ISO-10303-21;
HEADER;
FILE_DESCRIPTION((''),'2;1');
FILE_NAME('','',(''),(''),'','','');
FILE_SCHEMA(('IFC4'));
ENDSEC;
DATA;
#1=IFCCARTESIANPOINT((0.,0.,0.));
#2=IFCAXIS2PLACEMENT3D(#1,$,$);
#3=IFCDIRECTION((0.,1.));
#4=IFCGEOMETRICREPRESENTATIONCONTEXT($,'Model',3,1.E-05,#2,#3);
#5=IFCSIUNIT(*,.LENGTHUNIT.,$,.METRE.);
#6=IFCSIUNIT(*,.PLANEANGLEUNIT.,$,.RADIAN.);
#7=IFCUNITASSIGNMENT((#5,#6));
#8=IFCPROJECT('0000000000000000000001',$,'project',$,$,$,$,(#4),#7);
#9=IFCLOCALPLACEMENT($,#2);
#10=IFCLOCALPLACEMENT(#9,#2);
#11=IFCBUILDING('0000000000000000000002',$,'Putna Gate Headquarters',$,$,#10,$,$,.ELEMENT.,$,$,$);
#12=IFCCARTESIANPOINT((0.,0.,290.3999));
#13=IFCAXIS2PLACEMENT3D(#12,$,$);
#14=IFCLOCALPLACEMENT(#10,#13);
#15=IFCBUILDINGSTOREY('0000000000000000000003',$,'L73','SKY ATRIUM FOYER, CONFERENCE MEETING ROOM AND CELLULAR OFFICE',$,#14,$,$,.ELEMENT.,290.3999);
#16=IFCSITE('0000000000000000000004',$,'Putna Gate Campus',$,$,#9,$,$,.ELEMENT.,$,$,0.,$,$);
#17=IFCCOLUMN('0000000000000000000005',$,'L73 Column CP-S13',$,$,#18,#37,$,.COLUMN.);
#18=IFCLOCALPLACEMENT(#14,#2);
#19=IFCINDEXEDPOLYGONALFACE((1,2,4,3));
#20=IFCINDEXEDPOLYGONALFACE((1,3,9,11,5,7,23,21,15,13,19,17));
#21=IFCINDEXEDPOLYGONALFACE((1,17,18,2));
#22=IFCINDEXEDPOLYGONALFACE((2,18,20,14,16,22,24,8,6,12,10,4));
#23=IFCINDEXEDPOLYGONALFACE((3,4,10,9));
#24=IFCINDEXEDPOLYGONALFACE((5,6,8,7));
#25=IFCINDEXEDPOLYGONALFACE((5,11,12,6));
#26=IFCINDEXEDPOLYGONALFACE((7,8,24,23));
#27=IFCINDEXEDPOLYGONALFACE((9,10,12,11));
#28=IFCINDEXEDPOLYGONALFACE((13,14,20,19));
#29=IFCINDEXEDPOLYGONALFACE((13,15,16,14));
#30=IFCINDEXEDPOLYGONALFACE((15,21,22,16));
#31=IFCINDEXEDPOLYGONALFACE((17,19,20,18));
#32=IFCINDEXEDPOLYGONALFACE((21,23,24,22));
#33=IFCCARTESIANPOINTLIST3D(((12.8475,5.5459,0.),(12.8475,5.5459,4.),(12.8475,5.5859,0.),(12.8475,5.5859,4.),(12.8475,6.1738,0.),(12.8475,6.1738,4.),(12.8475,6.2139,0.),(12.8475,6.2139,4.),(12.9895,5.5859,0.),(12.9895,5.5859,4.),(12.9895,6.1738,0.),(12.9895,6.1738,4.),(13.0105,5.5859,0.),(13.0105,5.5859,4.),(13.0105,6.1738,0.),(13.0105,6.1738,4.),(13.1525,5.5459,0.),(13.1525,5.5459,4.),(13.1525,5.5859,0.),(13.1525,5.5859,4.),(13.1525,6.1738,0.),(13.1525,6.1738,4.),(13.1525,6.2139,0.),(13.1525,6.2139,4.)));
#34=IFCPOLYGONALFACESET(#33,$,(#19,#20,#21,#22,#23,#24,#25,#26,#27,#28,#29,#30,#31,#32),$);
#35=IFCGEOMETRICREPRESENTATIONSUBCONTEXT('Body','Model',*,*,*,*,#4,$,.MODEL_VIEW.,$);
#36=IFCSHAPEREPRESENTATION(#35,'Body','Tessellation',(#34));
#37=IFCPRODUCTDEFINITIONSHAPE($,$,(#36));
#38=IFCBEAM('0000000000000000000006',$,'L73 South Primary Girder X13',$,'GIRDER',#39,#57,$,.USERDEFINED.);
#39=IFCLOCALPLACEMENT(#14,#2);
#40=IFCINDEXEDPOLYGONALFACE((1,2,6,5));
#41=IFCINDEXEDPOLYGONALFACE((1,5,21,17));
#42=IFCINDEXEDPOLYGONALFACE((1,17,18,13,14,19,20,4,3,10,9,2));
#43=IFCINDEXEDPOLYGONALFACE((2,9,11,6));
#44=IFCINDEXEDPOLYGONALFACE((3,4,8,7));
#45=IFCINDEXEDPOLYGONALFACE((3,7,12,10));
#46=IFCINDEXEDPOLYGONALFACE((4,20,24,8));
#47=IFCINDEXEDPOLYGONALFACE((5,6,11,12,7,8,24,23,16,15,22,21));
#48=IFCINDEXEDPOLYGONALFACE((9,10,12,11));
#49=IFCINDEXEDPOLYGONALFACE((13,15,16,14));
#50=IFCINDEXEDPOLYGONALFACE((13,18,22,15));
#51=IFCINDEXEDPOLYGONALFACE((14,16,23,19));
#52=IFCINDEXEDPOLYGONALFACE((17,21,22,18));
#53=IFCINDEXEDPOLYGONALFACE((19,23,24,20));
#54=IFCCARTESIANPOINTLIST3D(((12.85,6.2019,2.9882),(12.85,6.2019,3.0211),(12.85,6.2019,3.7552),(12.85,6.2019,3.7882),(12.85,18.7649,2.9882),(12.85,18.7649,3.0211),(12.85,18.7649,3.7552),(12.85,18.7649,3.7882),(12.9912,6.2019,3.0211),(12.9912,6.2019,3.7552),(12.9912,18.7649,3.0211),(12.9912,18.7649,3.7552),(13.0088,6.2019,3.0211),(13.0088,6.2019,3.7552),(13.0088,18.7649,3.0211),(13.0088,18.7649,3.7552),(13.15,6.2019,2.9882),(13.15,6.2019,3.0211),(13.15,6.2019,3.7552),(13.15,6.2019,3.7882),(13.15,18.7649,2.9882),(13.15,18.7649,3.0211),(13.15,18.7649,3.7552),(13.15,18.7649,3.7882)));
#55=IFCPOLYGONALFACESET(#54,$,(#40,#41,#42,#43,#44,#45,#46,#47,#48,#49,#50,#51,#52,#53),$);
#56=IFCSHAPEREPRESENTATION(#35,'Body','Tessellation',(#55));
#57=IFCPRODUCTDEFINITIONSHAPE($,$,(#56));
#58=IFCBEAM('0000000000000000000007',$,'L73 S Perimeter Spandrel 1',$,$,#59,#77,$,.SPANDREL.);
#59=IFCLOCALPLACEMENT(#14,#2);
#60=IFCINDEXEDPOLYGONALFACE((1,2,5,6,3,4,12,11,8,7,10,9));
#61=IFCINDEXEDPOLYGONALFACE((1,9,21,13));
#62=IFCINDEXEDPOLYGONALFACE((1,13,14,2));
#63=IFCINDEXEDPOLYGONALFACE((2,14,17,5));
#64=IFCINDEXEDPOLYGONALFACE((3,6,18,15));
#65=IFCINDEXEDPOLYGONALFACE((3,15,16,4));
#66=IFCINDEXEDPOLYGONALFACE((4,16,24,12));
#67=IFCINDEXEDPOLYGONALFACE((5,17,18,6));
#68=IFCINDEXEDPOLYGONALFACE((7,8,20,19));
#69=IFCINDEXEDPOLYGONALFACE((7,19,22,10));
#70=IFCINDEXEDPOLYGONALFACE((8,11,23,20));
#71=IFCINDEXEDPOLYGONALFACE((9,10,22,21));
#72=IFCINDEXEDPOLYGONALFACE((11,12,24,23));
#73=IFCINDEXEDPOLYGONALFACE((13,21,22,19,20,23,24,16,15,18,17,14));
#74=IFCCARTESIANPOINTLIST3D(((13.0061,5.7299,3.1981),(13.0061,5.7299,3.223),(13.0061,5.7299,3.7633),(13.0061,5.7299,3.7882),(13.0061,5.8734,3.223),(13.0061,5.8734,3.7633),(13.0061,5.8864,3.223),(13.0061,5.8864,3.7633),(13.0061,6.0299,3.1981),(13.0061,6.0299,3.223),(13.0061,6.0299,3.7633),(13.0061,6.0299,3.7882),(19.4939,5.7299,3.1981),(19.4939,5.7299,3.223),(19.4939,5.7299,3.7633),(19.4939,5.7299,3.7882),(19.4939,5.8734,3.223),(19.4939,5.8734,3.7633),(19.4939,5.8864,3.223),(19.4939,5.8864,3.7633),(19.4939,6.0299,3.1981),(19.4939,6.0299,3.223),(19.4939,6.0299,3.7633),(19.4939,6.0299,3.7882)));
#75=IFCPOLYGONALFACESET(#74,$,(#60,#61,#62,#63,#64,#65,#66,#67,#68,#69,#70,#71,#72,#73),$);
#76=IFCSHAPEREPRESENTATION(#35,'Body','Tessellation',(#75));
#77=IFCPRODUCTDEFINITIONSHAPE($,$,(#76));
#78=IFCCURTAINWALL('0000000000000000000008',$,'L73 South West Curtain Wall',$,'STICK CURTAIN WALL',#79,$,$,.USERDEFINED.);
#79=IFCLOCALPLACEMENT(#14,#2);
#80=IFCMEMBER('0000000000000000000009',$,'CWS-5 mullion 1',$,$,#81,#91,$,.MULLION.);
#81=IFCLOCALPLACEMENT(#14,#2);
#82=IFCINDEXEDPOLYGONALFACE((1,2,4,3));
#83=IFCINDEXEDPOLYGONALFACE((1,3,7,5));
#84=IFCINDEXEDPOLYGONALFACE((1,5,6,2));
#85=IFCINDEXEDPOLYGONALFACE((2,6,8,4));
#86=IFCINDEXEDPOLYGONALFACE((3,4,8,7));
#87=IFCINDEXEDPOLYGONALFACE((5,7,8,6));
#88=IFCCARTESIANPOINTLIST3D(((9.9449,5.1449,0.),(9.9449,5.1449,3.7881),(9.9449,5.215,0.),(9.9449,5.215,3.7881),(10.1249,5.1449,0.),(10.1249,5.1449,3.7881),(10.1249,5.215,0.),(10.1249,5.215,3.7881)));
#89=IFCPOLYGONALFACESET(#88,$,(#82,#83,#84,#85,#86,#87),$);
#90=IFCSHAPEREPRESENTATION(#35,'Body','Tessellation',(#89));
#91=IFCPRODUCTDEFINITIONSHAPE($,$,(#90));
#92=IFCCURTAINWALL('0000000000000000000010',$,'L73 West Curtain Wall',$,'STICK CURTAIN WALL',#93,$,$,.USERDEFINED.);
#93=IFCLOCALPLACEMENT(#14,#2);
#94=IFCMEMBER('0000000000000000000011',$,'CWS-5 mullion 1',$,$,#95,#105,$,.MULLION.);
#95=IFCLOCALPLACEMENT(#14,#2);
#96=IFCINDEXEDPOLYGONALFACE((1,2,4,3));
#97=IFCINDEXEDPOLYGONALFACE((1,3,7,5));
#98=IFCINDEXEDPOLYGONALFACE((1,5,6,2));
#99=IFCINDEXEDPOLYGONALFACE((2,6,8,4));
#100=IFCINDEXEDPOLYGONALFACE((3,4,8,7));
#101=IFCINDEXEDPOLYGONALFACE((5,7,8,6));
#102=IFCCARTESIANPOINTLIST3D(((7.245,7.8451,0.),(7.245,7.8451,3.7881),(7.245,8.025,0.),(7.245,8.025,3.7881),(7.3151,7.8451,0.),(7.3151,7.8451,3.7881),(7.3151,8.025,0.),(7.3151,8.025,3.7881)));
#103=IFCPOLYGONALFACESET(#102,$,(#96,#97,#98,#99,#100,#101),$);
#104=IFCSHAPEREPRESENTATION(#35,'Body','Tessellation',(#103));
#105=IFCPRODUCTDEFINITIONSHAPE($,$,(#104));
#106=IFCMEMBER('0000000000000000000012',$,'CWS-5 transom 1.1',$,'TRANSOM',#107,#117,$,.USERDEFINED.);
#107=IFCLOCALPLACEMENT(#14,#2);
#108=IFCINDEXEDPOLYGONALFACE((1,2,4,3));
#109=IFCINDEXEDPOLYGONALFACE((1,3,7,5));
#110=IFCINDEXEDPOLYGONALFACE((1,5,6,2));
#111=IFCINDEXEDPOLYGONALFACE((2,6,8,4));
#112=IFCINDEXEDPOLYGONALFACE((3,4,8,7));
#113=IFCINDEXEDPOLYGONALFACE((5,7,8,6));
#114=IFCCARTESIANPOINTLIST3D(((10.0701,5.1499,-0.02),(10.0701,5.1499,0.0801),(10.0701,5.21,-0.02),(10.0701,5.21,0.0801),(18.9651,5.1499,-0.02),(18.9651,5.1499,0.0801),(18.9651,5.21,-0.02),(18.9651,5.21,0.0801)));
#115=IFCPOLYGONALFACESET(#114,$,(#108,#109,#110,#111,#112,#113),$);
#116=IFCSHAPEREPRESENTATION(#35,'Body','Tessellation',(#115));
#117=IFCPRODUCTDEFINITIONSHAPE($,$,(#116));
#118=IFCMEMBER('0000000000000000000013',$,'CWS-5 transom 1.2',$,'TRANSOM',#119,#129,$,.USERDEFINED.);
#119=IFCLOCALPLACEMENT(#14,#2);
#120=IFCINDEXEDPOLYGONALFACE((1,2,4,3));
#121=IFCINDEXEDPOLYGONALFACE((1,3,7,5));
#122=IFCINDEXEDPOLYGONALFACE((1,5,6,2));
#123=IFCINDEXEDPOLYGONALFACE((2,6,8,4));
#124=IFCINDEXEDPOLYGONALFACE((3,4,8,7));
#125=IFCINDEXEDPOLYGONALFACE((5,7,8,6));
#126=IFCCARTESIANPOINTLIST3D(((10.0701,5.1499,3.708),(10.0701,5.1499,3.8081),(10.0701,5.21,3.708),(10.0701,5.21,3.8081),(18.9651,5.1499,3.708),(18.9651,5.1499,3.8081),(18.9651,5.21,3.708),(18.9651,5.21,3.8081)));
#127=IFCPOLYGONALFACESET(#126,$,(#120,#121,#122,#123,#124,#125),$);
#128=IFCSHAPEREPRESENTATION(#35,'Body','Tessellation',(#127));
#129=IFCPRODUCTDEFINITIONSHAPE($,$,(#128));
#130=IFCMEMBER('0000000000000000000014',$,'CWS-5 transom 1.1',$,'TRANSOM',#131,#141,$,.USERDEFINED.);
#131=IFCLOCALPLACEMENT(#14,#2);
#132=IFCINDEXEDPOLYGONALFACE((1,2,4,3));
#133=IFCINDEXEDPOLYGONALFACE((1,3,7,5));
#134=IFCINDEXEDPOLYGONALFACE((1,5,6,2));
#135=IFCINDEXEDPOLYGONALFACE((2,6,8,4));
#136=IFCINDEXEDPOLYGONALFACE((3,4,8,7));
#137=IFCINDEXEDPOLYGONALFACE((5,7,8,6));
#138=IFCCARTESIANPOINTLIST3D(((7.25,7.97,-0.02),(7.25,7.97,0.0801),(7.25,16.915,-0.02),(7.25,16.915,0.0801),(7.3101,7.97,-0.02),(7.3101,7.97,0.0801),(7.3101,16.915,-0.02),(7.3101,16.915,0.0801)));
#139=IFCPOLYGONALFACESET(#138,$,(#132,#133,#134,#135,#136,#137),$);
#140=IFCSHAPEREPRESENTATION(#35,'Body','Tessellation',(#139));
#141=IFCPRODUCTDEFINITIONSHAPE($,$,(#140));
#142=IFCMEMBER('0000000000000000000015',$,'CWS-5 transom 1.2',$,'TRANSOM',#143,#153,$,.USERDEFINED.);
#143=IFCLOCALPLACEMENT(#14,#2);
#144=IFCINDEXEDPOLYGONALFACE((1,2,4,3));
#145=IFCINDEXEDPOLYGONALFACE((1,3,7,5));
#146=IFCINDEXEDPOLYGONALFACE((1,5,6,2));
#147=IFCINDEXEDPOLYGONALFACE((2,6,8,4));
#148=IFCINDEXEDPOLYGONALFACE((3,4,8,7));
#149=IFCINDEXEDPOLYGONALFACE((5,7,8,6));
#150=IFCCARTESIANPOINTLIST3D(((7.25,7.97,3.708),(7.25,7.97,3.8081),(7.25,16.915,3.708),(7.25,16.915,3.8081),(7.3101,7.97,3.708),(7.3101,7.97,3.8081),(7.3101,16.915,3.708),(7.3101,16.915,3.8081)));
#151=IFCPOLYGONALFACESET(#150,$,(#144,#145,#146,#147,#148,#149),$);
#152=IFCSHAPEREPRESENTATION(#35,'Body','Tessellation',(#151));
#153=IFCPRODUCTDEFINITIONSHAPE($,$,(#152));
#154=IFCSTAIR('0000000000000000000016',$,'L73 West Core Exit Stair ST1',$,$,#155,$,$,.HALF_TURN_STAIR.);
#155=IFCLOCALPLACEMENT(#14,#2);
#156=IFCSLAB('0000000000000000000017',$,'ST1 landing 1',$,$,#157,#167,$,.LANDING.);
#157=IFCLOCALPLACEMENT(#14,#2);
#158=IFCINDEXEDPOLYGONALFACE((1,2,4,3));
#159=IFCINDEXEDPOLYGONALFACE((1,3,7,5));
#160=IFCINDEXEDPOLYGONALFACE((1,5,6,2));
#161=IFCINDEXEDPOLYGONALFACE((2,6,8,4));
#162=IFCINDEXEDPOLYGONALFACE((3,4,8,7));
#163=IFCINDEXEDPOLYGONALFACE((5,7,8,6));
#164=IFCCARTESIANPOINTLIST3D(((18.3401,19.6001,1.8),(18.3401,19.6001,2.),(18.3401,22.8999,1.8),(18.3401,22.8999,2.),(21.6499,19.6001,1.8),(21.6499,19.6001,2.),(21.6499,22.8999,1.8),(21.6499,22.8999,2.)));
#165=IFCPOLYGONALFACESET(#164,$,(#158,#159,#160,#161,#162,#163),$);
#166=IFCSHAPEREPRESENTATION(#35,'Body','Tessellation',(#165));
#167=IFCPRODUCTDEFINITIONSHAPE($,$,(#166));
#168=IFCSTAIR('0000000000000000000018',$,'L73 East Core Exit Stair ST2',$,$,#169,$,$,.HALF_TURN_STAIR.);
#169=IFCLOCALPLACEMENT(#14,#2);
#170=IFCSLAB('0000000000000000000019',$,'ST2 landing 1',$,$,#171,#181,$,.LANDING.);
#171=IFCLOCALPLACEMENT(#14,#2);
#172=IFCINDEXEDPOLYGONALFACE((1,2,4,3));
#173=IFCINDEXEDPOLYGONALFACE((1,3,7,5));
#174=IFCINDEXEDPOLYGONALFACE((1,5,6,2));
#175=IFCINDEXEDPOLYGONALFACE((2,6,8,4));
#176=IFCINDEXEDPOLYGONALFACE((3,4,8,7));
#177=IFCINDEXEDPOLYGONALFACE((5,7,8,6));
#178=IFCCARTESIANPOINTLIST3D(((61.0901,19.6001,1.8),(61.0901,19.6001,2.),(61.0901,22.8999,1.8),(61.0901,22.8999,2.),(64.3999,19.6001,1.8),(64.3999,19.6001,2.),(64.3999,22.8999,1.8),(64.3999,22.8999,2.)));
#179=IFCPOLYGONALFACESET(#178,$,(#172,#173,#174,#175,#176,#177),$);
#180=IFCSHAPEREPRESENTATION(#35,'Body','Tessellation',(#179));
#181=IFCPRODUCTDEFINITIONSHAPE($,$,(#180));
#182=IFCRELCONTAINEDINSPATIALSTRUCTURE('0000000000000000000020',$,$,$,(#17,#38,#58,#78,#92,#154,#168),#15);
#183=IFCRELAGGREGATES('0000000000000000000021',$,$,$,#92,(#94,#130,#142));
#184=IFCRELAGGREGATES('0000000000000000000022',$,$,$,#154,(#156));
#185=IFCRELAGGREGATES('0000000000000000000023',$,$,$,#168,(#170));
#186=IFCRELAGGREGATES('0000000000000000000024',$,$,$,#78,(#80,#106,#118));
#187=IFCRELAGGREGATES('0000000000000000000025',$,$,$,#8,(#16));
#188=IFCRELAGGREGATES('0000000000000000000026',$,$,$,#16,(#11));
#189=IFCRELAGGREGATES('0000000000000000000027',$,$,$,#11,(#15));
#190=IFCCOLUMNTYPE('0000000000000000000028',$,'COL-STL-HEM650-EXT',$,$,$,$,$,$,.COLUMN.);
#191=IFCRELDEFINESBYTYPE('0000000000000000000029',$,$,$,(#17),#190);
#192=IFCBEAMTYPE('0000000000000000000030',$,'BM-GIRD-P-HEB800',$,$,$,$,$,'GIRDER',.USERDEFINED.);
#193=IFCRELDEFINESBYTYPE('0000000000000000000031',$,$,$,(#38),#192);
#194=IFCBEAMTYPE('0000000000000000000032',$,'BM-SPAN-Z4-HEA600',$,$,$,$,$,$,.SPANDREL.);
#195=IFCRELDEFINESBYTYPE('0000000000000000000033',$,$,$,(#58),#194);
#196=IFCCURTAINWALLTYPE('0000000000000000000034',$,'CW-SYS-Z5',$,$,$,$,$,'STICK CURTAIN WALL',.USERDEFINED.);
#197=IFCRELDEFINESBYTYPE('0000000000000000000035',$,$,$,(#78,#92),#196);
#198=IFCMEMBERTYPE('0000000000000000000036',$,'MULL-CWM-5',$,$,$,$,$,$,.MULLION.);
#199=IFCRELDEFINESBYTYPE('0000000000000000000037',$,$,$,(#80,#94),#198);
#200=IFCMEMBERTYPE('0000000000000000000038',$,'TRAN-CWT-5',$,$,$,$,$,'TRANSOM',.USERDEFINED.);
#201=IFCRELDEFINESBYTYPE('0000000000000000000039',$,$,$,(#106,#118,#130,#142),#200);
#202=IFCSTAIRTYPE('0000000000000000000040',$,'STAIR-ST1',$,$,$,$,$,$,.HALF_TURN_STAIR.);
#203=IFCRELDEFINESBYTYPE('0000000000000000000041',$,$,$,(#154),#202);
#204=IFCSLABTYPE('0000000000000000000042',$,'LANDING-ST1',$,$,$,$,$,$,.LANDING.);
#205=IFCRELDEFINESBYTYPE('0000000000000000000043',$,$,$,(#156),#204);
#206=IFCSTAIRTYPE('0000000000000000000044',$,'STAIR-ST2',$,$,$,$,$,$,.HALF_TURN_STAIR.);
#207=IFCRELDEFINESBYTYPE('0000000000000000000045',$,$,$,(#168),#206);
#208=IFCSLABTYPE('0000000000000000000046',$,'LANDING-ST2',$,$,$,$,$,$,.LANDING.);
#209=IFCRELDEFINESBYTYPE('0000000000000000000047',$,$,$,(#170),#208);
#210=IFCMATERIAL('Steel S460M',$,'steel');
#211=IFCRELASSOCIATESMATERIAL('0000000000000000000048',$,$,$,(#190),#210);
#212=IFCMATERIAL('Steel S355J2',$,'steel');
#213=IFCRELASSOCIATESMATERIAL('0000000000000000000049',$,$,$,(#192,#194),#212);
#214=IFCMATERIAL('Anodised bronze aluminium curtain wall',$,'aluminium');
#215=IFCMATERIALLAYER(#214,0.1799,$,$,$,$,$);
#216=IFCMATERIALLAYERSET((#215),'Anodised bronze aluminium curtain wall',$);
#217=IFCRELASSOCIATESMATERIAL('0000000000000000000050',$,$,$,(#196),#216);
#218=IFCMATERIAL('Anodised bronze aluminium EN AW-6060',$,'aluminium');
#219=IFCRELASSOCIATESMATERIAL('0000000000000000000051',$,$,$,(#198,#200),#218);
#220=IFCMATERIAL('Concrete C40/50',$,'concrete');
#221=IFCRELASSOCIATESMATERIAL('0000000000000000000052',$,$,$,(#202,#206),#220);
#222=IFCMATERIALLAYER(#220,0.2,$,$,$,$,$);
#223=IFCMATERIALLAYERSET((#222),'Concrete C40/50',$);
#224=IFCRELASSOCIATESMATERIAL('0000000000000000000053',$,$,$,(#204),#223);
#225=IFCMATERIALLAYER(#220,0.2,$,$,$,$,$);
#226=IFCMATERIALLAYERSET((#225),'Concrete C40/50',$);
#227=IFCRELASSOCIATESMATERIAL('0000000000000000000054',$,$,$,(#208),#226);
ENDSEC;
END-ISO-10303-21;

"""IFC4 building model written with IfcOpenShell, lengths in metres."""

from ifc_helpers import new_model, si_unit, direction, frame, origin, origin_2d, place, context, subcontext, project, spatial, polyline, rectangle, i_section, outline, extrude, material, layer, layer_set, material_profile, profile_set, type_object, element, aggregate, save


model = new_model("IFC4")

# Units and contexts
model_context = context("Model", 3, precision=1e-05, world=origin(), true_north=direction((0.0, 1.0)))
body_context = subcontext(model_context, "Body", "Model", "MODEL_VIEW")
ifc_project = project(units=[si_unit("LENGTHUNIT", "METRE"), si_unit("PLANEANGLEUNIT", "RADIAN")], contexts=[model_context])

# Site, building, storey
site_placement = place(None, origin())
site = spatial("IfcSite", under=ifc_project, at=site_placement, Name="Putna Gate Campus", CompositionType="ELEMENT", RefElevation=0.0)
building_placement = place(site_placement, origin())
building = spatial("IfcBuilding", under=site, at=building_placement, Name="Putna Gate Headquarters", CompositionType="ELEMENT")
storey_placement = place(building_placement, frame((0.0, 0.0, 290.3999)))
storey = spatial("IfcBuildingStorey", under=building, at=storey_placement, Name="L73", Description="SKY ATRIUM FOYER, CONFERENCE MEETING ROOM AND CELLULAR OFFICE", CompositionType="ELEMENT", Elevation=290.3999)

# Column
ifc_material_1 = material(Name="Steel S460M", Category="steel")
ifc_material_profile_1 = material_profile(ifc_material_1, i_section(OverallWidth=0.3049, OverallDepth=0.668, WebThickness=0.021, FlangeThickness=0.04, at=origin_2d()), Name="Steel S460M")
ifc_profile_set_1 = profile_set([ifc_material_profile_1], Name="Steel S460M")
column_type = type_object("IfcColumnType", Name="COL-STL-HEM650-EXT", PredefinedType="COLUMN", material=ifc_profile_set_1)
column_placement = place(storey_placement, frame((13.0, 5.8799, 0.0), z_axis=(0.0, 0.0, 1.0), x_axis=(1.0, 0.0, 0.0)))
element("IfcColumn", 1, at=column_placement, inside=storey, type_object=column_type, Name="L73 Column CP-S13", PredefinedType="COLUMN", context=body_context, shape_type="SweptSolid", body=[
    extrude(i_section(OverallWidth=0.3049, OverallDepth=0.668, WebThickness=0.021, FlangeThickness=0.04, at=origin_2d()), origin(), (0.0, 0.0, 1.0), 4.0),
])

# Beams
ifc_material_2 = material(Name="Steel S355J2", Category="steel")
ifc_material_profile_2 = material_profile(ifc_material_2, i_section(OverallWidth=0.3, OverallDepth=0.8, WebThickness=0.0176, FlangeThickness=0.033, at=origin_2d()), Name="Steel S355J2")
ifc_profile_set_2 = profile_set([ifc_material_profile_2], Name="Steel S355J2")
beam_type_1 = type_object("IfcBeamType", Name="BM-GIRD-P-HEB800", ElementType="GIRDER", PredefinedType="USERDEFINED", material=ifc_profile_set_2)
beam_1_placement = place(storey_placement, frame((13.0, 6.2019, 3.3882), z_axis=(0.0, 1.0, 0.0), x_axis=(-1.0, 0.0, 0.0)))
element("IfcBeam", 2, at=beam_1_placement, inside=storey, type_object=beam_type_1, Name="L73 South Primary Girder X13", ObjectType="GIRDER", PredefinedType="USERDEFINED", context=body_context, shape_type="SweptSolid", body=[
    extrude(i_section(OverallWidth=0.3, OverallDepth=0.8, WebThickness=0.0176, FlangeThickness=0.033, at=origin_2d()), origin(), (0.0, 0.0, 1.0), 12.563),
])
ifc_material_profile_3 = material_profile(ifc_material_2, i_section(OverallWidth=0.3, OverallDepth=0.5901, WebThickness=0.0129, FlangeThickness=0.0249, at=origin_2d()), Name="Steel S355J2")
ifc_profile_set_3 = profile_set([ifc_material_profile_3], Name="Steel S355J2")
beam_type_2 = type_object("IfcBeamType", Name="BM-SPAN-Z4-HEA600", PredefinedType="SPANDREL", material=ifc_profile_set_3)
beam_2_placement = place(storey_placement, frame((13.0061, 5.8799, 3.4932), z_axis=(1.0, 0.0, 0.0), x_axis=(0.0, 1.0, 0.0)))
element("IfcBeam", 3, at=beam_2_placement, inside=storey, type_object=beam_type_2, Name="L73 S Perimeter Spandrel 1", PredefinedType="SPANDREL", context=body_context, shape_type="SweptSolid", body=[
    extrude(i_section(OverallWidth=0.3, OverallDepth=0.5901, WebThickness=0.0129, FlangeThickness=0.0249, at=origin_2d()), origin(), (0.0, 0.0, 1.0), 6.4878),
])

# Curtain walls, members
ifc_material_3 = material(Name="Anodised bronze aluminium curtain wall", Category="aluminium")
ifc_layer_1 = layer(ifc_material_3, 0.1799)
ifc_layer_set_1 = layer_set([ifc_layer_1], Name="Anodised bronze aluminium curtain wall")
curtain_wall_type = type_object("IfcCurtainWallType", Name="CW-SYS-Z5", ElementType="STICK CURTAIN WALL", PredefinedType="USERDEFINED", material=ifc_layer_set_1)
curtain_wall_1_placement = place(storey_placement, origin())
curtain_wall_1 = element("IfcCurtainWall", 4, at=curtain_wall_1_placement, inside=storey, type_object=curtain_wall_type, Name="L73 South West Curtain Wall", ObjectType="STICK CURTAIN WALL", PredefinedType="USERDEFINED")
ifc_material_4 = material(Name="Anodised bronze aluminium EN AW-6060", Category="aluminium")
ifc_material_profile_4 = material_profile(ifc_material_4, rectangle(XDim=0.0701, YDim=0.1799, at=origin_2d()), Name="Anodised bronze aluminium EN AW-6060")
ifc_profile_set_4 = profile_set([ifc_material_profile_4], Name="Anodised bronze aluminium EN AW-6060")
member_type_1 = type_object("IfcMemberType", Name="MULL-CWM-5", PredefinedType="MULLION", material=ifc_profile_set_4)
member_1_placement = place(storey_placement, frame((10.0349, 5.1799, 0.0), z_axis=(0.0, 0.0, 1.0), x_axis=(0.0, 1.0, 0.0)))
member_1 = element("IfcMember", 5, at=member_1_placement, type_object=member_type_1, Name="CWS-5 mullion 1", PredefinedType="MULLION", context=body_context, shape_type="SweptSolid", body=[
    extrude(rectangle(XDim=0.0701, YDim=0.1799, at=origin_2d()), origin(), (0.0, 0.0, 1.0), 3.7881),
])
curtain_wall_2_placement = place(storey_placement, origin())
curtain_wall_2 = element("IfcCurtainWall", 6, at=curtain_wall_2_placement, inside=storey, type_object=curtain_wall_type, Name="L73 West Curtain Wall", ObjectType="STICK CURTAIN WALL", PredefinedType="USERDEFINED")
member_2_placement = place(storey_placement, frame((7.28, 7.9351, 0.0), z_axis=(0.0, 0.0, 1.0), x_axis=(-1.0, 0.0, 0.0)))
member_2 = element("IfcMember", 7, at=member_2_placement, type_object=member_type_1, Name="CWS-5 mullion 1", PredefinedType="MULLION", context=body_context, shape_type="SweptSolid", body=[
    extrude(rectangle(XDim=0.0701, YDim=0.1799, at=origin_2d()), origin(), (0.0, 0.0, 1.0), 3.7881),
])

# Members
ifc_material_profile_5 = material_profile(ifc_material_4, rectangle(XDim=0.0601, YDim=0.1001, at=origin_2d()), Name="Anodised bronze aluminium EN AW-6060")
ifc_profile_set_5 = profile_set([ifc_material_profile_5], Name="Anodised bronze aluminium EN AW-6060")
member_type_2 = type_object("IfcMemberType", Name="TRAN-CWT-5", ElementType="TRANSOM", PredefinedType="USERDEFINED", material=ifc_profile_set_5)
member_3_placement = place(storey_placement, frame((10.0701, 5.1799, 0.03), z_axis=(1.0, 0.0, 0.0), x_axis=(0.0, 1.0, 0.0)))
member_3 = element("IfcMember", 8, at=member_3_placement, type_object=member_type_2, Name="CWS-5 transom 1.1", ObjectType="TRANSOM", PredefinedType="USERDEFINED", context=body_context, shape_type="SweptSolid", body=[
    extrude(rectangle(XDim=0.0601, YDim=0.1001, at=origin_2d()), origin(), (0.0, 0.0, 1.0), 8.895),
])
member_4_placement = place(storey_placement, frame((10.0701, 5.1799, 3.7581), z_axis=(1.0, 0.0, 0.0), x_axis=(0.0, 1.0, 0.0)))
member_4 = element("IfcMember", 9, at=member_4_placement, type_object=member_type_2, Name="CWS-5 transom 1.2", ObjectType="TRANSOM", PredefinedType="USERDEFINED", context=body_context, shape_type="SweptSolid", body=[
    extrude(rectangle(XDim=0.0601, YDim=0.1001, at=origin_2d()), origin(), (0.0, 0.0, 1.0), 8.895),
])
member_5_placement = place(storey_placement, frame((7.28, 7.97, 0.03), z_axis=(0.0, 1.0, 0.0), x_axis=(-1.0, 0.0, 0.0)))
member_5 = element("IfcMember", 10, at=member_5_placement, type_object=member_type_2, Name="CWS-5 transom 1.1", ObjectType="TRANSOM", PredefinedType="USERDEFINED", context=body_context, shape_type="SweptSolid", body=[
    extrude(rectangle(XDim=0.0601, YDim=0.1001, at=origin_2d()), origin(), (0.0, 0.0, 1.0), 8.9451),
])
member_6_placement = place(storey_placement, frame((7.28, 7.97, 3.7581), z_axis=(0.0, 1.0, 0.0), x_axis=(-1.0, 0.0, 0.0)))
member_6 = element("IfcMember", 11, at=member_6_placement, type_object=member_type_2, Name="CWS-5 transom 1.2", ObjectType="TRANSOM", PredefinedType="USERDEFINED", context=body_context, shape_type="SweptSolid", body=[
    extrude(rectangle(XDim=0.0601, YDim=0.1001, at=origin_2d()), origin(), (0.0, 0.0, 1.0), 8.9451),
])
aggregate(curtain_wall_2, [member_2, member_5, member_6])

# Stairs, slabs
ifc_material_5 = material(Name="Concrete C40/50", Category="concrete")
stair_type_1 = type_object("IfcStairType", Name="STAIR-ST1", PredefinedType="HALF_TURN_STAIR", material=ifc_material_5)
stair_1_placement = place(storey_placement, origin())
stair_1 = element("IfcStair", 12, at=stair_1_placement, inside=storey, type_object=stair_type_1, Name="L73 West Core Exit Stair ST1", PredefinedType="HALF_TURN_STAIR")
ifc_layer_2 = layer(ifc_material_5, 0.2)
ifc_layer_set_2 = layer_set([ifc_layer_2], Name="Concrete C40/50")
slab_type_1 = type_object("IfcSlabType", Name="LANDING-ST1", PredefinedType="LANDING", material=ifc_layer_set_2)
slab_1_placement = place(storey_placement, frame((0.0, 0.0, 1.8)))
slab_1 = element("IfcSlab", 13, at=slab_1_placement, type_object=slab_type_1, Name="ST1 landing 1", PredefinedType="LANDING", context=body_context, shape_type="SweptSolid", body=[
    extrude(outline(polyline([(18.3401, 19.6001), (21.6499, 19.6001), (21.6499, 22.8999), (18.3401, 22.8999), (18.3401, 19.6001)])), origin(), (0.0, 0.0, 1.0), 0.2),
])
aggregate(stair_1, [slab_1])
stair_type_2 = type_object("IfcStairType", Name="STAIR-ST2", PredefinedType="HALF_TURN_STAIR", material=ifc_material_5)
stair_2_placement = place(storey_placement, origin())
stair_2 = element("IfcStair", 14, at=stair_2_placement, inside=storey, type_object=stair_type_2, Name="L73 East Core Exit Stair ST2", PredefinedType="HALF_TURN_STAIR")
ifc_layer_3 = layer(ifc_material_5, 0.2)
ifc_layer_set_3 = layer_set([ifc_layer_3], Name="Concrete C40/50")
slab_type_2 = type_object("IfcSlabType", Name="LANDING-ST2", PredefinedType="LANDING", material=ifc_layer_set_3)
slab_2_placement = place(storey_placement, frame((0.0, 0.0, 1.8)))
slab_2 = element("IfcSlab", 15, at=slab_2_placement, type_object=slab_type_2, Name="ST2 landing 1", PredefinedType="LANDING", context=body_context, shape_type="SweptSolid", body=[
    extrude(outline(polyline([(61.0901, 19.6001), (64.3999, 19.6001), (64.3999, 22.8999), (61.0901, 22.8999), (61.0901, 19.6001)])), origin(), (0.0, 0.0, 1.0), 0.2),
])
aggregate(stair_2, [slab_2])

aggregate(curtain_wall_1, [member_1, member_3, member_4])

save(model, "model.ifc")
